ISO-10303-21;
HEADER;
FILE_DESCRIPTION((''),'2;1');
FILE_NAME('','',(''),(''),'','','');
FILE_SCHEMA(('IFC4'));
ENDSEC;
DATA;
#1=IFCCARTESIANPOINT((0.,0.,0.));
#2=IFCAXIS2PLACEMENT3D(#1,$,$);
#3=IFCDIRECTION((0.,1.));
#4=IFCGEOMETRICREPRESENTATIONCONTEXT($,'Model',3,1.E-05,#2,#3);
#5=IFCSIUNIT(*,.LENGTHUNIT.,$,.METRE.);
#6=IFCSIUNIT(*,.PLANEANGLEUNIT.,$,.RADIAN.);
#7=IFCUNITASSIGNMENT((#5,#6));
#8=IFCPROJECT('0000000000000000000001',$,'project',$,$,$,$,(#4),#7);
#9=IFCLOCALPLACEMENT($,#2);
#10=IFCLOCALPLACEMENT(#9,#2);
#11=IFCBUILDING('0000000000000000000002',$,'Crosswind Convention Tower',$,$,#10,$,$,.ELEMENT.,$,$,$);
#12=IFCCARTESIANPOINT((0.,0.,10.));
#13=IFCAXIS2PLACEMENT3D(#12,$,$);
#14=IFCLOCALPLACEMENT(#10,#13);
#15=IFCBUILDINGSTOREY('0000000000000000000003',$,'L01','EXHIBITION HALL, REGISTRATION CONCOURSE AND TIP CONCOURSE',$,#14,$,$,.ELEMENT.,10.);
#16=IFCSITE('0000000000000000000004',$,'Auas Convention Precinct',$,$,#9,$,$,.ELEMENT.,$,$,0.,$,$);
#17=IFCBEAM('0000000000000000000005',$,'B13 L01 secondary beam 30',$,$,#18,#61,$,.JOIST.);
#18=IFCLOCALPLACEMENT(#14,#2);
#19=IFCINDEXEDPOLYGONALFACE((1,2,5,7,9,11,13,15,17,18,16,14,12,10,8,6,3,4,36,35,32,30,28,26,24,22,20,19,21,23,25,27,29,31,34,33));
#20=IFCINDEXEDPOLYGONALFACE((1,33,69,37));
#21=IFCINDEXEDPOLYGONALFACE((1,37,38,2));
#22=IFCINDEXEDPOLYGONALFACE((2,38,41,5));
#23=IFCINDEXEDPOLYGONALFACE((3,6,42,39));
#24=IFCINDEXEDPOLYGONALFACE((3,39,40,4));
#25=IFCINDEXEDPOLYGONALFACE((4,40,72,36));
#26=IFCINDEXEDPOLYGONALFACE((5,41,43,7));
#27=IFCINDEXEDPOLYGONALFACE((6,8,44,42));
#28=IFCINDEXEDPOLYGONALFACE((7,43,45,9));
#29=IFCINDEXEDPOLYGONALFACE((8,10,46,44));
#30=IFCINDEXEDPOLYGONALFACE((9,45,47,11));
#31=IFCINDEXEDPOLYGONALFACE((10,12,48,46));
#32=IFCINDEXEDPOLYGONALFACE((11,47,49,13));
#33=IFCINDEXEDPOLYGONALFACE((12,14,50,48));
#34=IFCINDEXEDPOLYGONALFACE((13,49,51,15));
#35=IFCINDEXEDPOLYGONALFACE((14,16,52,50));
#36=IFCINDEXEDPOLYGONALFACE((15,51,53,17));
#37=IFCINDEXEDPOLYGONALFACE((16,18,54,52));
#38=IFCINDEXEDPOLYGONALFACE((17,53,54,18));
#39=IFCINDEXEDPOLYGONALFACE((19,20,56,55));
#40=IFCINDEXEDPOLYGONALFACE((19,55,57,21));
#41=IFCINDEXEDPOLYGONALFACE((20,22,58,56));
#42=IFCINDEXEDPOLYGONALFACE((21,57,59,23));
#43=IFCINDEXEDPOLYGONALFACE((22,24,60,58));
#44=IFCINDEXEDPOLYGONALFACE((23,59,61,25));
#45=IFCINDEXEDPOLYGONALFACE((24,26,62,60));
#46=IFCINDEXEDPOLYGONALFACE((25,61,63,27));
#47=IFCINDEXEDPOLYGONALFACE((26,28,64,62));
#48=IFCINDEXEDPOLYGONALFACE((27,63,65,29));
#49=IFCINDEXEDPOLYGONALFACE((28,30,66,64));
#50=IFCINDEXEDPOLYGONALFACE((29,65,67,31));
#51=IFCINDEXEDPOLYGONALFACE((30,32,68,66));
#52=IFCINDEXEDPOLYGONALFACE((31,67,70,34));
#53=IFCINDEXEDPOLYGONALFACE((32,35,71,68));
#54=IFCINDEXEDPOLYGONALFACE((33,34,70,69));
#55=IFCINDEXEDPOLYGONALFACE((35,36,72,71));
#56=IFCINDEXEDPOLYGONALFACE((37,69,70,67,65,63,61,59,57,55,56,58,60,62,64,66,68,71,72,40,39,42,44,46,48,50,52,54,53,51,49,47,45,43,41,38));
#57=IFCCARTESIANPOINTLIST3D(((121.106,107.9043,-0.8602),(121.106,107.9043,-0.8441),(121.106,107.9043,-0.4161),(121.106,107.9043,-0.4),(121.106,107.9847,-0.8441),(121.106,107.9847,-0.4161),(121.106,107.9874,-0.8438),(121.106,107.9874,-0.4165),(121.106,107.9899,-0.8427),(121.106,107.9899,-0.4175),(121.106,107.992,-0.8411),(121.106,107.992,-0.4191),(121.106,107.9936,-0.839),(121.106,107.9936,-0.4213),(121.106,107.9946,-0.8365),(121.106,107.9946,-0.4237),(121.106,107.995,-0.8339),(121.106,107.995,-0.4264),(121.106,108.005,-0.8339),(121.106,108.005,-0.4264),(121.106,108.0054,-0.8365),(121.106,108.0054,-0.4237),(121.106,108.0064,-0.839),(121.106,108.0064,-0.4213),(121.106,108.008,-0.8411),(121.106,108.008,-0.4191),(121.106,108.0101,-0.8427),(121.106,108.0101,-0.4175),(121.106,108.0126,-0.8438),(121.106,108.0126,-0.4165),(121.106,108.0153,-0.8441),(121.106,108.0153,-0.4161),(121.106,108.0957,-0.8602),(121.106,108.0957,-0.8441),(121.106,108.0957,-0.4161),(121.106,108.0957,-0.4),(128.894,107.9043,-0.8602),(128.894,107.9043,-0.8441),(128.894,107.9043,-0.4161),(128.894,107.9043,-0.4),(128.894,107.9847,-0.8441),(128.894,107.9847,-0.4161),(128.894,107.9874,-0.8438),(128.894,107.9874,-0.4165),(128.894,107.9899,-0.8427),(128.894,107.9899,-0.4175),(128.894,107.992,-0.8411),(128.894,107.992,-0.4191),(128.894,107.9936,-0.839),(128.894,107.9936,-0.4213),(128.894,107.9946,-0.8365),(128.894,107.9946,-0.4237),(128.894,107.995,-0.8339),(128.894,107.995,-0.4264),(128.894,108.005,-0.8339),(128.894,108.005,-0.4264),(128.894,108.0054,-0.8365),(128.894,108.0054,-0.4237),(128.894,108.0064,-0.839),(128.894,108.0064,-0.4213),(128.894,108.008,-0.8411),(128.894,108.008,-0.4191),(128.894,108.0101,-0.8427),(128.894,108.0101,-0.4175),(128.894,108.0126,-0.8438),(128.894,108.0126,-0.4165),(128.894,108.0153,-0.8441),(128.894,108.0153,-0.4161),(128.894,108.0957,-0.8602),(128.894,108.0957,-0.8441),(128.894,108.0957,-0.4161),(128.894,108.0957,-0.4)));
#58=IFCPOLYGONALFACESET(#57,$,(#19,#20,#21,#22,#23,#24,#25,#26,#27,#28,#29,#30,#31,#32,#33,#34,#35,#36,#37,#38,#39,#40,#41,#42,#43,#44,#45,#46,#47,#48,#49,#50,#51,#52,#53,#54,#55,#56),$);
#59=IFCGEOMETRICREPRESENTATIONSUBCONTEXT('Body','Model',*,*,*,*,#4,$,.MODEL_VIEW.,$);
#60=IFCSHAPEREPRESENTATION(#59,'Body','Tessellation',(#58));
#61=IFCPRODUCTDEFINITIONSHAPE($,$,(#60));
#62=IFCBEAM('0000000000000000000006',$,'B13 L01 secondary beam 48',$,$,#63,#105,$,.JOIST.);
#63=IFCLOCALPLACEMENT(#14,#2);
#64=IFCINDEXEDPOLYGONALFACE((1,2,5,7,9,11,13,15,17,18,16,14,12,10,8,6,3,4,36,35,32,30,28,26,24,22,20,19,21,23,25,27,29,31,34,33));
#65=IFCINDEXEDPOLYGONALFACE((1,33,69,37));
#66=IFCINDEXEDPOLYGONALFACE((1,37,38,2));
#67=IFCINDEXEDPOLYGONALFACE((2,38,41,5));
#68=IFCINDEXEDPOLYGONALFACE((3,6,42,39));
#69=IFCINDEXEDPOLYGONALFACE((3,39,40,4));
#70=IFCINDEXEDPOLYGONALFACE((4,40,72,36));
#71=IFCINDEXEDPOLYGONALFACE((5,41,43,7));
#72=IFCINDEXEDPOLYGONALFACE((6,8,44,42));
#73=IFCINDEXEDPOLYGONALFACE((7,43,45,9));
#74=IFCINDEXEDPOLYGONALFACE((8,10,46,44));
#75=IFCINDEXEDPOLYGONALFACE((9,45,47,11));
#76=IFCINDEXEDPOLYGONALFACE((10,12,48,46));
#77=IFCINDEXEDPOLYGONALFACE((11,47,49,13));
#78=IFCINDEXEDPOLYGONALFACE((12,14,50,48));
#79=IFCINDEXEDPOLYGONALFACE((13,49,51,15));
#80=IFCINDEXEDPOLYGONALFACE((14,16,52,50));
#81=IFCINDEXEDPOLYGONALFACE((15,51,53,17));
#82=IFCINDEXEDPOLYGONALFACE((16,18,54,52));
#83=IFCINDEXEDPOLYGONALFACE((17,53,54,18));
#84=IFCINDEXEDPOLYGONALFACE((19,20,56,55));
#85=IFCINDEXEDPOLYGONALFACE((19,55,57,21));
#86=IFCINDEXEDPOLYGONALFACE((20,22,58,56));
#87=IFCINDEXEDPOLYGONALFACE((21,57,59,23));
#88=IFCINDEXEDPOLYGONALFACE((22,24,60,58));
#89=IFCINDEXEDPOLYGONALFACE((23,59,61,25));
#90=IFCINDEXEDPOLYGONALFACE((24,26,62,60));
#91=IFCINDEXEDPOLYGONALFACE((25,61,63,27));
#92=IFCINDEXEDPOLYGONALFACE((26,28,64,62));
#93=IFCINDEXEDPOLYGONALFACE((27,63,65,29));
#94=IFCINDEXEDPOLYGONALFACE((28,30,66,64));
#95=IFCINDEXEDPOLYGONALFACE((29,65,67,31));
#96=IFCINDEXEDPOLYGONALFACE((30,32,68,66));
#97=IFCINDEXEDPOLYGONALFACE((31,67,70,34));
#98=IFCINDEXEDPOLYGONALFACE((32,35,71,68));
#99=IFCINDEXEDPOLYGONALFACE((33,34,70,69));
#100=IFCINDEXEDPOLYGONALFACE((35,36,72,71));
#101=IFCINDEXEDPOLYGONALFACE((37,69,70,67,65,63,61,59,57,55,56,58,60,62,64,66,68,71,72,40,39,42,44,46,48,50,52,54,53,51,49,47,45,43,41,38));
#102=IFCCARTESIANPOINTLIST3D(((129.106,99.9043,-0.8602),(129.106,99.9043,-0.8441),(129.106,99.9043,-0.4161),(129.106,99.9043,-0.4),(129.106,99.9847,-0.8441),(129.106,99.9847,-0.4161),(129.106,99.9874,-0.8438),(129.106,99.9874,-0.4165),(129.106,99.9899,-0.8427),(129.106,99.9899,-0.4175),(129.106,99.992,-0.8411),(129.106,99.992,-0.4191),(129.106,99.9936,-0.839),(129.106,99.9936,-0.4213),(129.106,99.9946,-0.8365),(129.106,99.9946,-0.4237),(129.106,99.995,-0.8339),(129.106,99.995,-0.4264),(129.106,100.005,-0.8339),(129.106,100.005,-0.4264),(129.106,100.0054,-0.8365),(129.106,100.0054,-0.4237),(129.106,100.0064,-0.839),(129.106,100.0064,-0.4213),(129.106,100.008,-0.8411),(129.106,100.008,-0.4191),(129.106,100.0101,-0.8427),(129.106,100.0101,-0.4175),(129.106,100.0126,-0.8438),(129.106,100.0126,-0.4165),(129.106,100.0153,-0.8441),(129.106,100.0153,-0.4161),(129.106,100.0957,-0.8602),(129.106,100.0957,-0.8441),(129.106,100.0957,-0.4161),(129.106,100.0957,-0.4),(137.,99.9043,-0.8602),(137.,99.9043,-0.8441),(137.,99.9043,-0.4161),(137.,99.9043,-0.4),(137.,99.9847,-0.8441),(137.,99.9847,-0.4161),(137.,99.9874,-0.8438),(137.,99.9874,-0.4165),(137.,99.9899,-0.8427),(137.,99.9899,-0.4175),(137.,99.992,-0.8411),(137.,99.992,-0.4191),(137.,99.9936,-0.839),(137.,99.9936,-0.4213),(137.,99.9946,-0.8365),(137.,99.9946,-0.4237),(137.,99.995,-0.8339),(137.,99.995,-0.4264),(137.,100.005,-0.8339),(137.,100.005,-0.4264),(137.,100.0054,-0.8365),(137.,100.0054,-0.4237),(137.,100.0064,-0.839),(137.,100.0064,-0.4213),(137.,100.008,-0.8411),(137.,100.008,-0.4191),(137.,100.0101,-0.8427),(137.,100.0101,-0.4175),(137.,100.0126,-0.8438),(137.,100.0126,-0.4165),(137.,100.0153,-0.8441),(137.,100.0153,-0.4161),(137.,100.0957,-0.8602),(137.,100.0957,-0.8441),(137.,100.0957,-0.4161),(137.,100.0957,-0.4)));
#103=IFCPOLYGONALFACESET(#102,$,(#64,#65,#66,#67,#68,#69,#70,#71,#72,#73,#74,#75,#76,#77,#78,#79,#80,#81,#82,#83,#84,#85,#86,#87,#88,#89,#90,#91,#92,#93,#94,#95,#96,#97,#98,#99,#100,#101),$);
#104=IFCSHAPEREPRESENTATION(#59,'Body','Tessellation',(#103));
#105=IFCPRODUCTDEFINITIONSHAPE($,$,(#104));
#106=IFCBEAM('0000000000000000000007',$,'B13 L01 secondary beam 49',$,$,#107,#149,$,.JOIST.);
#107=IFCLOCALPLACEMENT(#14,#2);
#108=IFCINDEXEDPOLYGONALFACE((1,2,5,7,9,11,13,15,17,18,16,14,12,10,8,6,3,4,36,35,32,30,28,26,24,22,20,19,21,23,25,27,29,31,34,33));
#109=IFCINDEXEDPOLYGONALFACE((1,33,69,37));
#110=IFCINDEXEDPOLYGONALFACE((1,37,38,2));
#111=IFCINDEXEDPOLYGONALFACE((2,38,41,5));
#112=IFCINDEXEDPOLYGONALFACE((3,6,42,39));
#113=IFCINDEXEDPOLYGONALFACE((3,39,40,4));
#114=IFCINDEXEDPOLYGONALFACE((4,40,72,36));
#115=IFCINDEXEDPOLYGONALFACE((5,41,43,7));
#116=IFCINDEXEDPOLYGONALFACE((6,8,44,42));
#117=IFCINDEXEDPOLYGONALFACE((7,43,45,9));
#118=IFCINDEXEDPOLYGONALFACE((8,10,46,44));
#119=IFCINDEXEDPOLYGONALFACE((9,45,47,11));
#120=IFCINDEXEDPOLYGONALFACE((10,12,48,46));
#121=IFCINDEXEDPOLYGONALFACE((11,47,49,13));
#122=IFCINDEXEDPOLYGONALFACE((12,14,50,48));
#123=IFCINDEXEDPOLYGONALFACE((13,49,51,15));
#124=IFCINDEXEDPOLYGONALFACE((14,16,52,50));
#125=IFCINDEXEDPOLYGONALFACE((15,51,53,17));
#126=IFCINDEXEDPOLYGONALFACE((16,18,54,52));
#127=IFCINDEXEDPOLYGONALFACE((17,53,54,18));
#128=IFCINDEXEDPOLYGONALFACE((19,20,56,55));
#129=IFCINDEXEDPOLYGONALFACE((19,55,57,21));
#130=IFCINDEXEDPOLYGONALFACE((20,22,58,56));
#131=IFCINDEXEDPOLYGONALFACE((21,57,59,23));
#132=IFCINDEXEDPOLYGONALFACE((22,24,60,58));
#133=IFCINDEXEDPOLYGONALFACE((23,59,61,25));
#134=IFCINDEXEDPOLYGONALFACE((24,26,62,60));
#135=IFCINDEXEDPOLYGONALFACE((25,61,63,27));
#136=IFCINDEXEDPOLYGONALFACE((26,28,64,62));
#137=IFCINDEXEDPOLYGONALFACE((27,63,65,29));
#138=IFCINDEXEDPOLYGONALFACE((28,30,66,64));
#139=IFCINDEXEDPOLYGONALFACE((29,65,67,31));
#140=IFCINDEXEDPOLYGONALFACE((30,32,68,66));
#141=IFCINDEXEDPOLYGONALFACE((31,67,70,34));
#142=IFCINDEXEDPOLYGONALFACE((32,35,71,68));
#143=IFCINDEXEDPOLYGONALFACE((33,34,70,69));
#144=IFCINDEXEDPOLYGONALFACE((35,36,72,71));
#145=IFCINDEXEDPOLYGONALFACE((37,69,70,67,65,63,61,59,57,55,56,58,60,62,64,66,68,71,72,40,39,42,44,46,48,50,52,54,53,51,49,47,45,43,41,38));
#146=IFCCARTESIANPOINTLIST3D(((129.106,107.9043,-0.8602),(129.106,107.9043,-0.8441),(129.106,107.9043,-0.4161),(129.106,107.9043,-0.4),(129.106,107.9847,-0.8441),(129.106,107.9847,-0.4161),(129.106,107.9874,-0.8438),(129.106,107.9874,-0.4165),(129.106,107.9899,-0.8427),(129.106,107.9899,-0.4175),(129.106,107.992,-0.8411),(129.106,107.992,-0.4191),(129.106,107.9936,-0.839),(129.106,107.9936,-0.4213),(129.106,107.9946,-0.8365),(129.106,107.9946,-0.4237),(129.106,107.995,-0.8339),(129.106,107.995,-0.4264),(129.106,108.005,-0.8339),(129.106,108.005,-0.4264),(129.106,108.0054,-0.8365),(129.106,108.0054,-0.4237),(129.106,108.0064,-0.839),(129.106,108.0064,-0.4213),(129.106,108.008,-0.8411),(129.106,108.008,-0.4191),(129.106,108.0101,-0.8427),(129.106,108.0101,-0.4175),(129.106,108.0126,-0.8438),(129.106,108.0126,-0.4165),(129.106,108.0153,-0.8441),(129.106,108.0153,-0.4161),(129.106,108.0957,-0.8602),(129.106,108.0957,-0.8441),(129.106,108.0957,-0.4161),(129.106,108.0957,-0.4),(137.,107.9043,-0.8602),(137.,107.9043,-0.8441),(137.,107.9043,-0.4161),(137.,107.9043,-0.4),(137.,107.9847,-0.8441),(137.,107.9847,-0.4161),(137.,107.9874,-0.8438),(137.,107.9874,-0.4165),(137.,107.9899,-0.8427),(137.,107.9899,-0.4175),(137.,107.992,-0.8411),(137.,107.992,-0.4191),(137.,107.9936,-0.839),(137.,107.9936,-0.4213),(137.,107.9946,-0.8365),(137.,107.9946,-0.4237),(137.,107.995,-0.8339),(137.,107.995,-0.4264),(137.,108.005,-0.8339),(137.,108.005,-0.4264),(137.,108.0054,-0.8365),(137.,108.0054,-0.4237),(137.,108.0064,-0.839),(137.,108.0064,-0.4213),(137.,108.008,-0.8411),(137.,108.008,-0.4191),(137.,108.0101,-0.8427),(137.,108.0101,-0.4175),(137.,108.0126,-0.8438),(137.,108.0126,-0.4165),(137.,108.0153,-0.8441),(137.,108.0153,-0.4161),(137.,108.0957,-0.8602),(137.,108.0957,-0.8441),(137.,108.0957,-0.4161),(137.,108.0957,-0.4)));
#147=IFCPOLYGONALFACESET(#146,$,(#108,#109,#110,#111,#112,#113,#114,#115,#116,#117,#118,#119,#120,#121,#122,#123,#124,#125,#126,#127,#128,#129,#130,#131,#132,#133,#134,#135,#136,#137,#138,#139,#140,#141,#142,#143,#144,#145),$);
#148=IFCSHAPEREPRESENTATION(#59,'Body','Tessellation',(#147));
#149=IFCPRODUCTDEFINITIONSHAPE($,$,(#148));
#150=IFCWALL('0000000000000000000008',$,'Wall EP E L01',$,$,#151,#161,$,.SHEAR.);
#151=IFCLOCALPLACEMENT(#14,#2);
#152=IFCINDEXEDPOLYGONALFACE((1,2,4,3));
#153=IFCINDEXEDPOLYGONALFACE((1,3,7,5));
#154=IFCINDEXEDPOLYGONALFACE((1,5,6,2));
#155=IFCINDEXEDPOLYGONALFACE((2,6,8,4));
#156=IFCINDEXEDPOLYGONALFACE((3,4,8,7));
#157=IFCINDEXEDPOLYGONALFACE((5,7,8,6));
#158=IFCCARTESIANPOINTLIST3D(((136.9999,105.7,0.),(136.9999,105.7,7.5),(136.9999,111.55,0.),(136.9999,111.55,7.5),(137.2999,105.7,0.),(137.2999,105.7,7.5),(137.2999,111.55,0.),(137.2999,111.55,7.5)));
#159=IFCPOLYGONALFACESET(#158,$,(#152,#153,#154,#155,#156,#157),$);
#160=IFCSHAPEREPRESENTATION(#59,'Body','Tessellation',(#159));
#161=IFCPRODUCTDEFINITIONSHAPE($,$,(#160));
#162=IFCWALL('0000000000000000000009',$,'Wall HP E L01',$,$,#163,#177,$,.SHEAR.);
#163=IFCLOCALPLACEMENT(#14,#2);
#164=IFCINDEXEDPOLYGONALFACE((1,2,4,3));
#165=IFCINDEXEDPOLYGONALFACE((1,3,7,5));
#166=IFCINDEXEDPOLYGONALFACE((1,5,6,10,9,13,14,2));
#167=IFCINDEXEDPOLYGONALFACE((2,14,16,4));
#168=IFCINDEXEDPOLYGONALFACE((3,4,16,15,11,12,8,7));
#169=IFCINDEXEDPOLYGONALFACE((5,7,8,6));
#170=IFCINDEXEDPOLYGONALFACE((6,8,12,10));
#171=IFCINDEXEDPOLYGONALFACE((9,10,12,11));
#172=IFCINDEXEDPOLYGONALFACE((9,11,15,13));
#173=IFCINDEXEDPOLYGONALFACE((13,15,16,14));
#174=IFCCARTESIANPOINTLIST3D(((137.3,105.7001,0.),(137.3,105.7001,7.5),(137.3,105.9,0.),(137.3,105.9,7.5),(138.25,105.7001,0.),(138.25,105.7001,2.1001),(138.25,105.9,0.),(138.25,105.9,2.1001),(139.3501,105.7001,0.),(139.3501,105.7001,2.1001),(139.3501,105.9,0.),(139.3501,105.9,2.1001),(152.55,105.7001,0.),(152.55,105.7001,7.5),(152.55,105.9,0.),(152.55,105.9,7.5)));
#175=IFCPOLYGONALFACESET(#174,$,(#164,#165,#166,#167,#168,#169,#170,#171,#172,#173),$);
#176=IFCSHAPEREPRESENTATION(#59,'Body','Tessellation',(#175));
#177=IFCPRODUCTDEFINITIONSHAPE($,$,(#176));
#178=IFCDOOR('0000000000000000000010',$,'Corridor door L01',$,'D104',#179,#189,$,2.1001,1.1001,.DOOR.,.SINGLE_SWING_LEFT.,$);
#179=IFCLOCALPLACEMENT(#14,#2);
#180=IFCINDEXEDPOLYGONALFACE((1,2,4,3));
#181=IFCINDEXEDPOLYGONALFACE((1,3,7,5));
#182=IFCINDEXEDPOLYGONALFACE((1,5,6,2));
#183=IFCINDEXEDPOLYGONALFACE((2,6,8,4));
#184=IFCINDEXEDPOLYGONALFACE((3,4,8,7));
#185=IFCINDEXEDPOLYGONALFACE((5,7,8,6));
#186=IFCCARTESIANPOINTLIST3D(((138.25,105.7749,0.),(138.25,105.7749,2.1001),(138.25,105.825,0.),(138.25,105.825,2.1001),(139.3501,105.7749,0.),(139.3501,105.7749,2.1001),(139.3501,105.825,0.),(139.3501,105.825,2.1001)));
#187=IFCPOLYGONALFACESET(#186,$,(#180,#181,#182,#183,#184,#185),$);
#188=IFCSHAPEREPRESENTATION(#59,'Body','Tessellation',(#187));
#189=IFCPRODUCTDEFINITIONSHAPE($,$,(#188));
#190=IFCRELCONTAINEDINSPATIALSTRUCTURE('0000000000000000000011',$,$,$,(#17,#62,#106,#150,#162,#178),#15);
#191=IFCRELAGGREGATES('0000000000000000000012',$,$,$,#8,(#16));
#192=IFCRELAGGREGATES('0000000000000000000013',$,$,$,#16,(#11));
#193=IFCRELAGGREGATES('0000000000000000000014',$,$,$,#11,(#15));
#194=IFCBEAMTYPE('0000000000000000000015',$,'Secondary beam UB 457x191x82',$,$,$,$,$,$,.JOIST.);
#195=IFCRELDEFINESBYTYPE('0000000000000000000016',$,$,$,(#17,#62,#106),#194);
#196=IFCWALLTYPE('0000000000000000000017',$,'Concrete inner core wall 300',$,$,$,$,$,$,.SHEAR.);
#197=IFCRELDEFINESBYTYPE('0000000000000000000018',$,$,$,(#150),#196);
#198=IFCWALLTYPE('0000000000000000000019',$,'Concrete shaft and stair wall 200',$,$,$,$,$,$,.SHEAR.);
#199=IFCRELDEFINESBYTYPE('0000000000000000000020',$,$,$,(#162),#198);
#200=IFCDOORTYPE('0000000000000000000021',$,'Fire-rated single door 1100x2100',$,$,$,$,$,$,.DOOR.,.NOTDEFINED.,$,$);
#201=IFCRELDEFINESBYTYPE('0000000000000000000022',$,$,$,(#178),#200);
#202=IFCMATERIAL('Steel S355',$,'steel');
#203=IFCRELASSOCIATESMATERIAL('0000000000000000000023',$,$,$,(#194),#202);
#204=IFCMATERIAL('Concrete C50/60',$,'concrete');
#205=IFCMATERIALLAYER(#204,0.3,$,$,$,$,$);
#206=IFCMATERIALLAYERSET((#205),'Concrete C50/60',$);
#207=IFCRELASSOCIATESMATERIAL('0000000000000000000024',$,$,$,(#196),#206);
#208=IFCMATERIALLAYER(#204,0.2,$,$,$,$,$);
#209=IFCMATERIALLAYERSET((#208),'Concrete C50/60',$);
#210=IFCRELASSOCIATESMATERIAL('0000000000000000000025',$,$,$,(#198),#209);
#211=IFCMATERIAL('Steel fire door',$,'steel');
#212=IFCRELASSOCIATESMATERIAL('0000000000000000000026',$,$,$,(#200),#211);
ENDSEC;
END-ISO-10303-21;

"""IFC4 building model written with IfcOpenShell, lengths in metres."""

from ifc_helpers import new_model, si_unit, direction, frame, frame_2d, origin, origin_2d, place, context, subcontext, project, spatial, rectangle, i_section, extrude, material, layer, layer_set, material_profile, profile_set, type_object, element, fill, save


model = new_model("IFC4")

# Units and contexts
model_context = context("Model", 3, precision=1e-05, world=origin(), true_north=direction((0.0, 1.0)))
body_context = subcontext(model_context, "Body", "Model", "MODEL_VIEW")
ifc_project = project(units=[si_unit("LENGTHUNIT", "METRE"), si_unit("PLANEANGLEUNIT", "RADIAN")], contexts=[model_context])

# Site, building, storey
site_placement = place(None, origin())
site = spatial("IfcSite", under=ifc_project, at=site_placement, Name="Auas Convention Precinct", CompositionType="ELEMENT", RefElevation=0.0)
building_placement = place(site_placement, origin())
building = spatial("IfcBuilding", under=site, at=building_placement, Name="Crosswind Convention Tower", CompositionType="ELEMENT")
storey_placement = place(building_placement, frame((0.0, 0.0, 10.0)))
storey = spatial("IfcBuildingStorey", under=building, at=storey_placement, Name="L01", Description="EXHIBITION HALL, REGISTRATION CONCOURSE AND TIP CONCOURSE", CompositionType="ELEMENT", Elevation=10.0)

# Beams
ifc_material_1 = material(Name="Steel S355", Category="steel")
ifc_material_profile_1 = material_profile(ifc_material_1, i_section(OverallWidth=0.1914, OverallDepth=0.4602, WebThickness=0.01, FlangeThickness=0.0161, FilletRadius=0.0103, at=origin_2d()), Name="UB 457x191x82")
ifc_profile_set_1 = profile_set([ifc_material_profile_1], Name="Steel S355")
beam_type_1 = type_object("IfcBeamType", Name="Secondary beam UB 457x191x82", PredefinedType="JOIST", material=ifc_profile_set_1)
for number, where, z_axis, x_axis, name in (
    (1, (121.106, 108.0, -0.6301), (1.0, 0.0, 0.0), (0.0, 1.0, 0.0), "B13 L01 secondary beam 30"),
):
    element("IfcBeam", number, at=place(storey_placement, frame(where, z_axis=z_axis, x_axis=x_axis)), inside=storey, type_object=beam_type_1, Name=name, PredefinedType="JOIST", context=body_context, shape_type="SweptSolid", body=[
        extrude(i_section(OverallWidth=0.1914, OverallDepth=0.4602, WebThickness=0.01, FlangeThickness=0.0161, FilletRadius=0.0103, at=origin_2d()), origin(), (0.0, 0.0, 1.0), 7.7881),
    ])
for number, where, z_axis, x_axis, name in (
    (2, (129.106, 100.0, -0.6301), (1.0, 0.0, 0.0), (0.0, 1.0, 0.0), "B13 L01 secondary beam 48"),
    (3, (129.106, 108.0, -0.6301), (1.0, 0.0, 0.0), (0.0, 1.0, 0.0), "B13 L01 secondary beam 49"),
):
    element("IfcBeam", number, at=place(storey_placement, frame(where, z_axis=z_axis, x_axis=x_axis)), inside=storey, type_object=beam_type_1, Name=name, PredefinedType="JOIST", context=body_context, shape_type="SweptSolid", body=[
        extrude(i_section(OverallWidth=0.1914, OverallDepth=0.4602, WebThickness=0.01, FlangeThickness=0.0161, FilletRadius=0.0103, at=origin_2d()), origin(), (0.0, 0.0, 1.0), 7.894),
    ])

# Wall
ifc_material_2 = material(Name="Concrete C50/60", Category="concrete")
ifc_layer_1 = layer(ifc_material_2, 0.3)
ifc_layer_set_1 = layer_set([ifc_layer_1], Name="Concrete C50/60")
wall_type_1 = type_object("IfcWallType", Name="Concrete inner core wall 300", PredefinedType="SHEAR", material=ifc_layer_set_1)
wall_1_placement = place(storey_placement, frame((137.1499, 105.7, 0.0), z_axis=(0.0, 0.0, 1.0), x_axis=(0.0, 1.0, 0.0)))
element("IfcWall", 4, at=wall_1_placement, inside=storey, type_object=wall_type_1, Name="Wall EP E L01", PredefinedType="SHEAR", context=body_context, shape_type="SweptSolid", body=[
    extrude(rectangle(XDim=5.8501, YDim=0.3, at=frame_2d((2.925, 0.0))), origin(), (0.0, 0.0, 1.0), 7.5),
])

# Wall, opening, door
ifc_layer_2 = layer(ifc_material_2, 0.2)
ifc_layer_set_2 = layer_set([ifc_layer_2], Name="Concrete C50/60")
wall_type_2 = type_object("IfcWallType", Name="Concrete shaft and stair wall 200", PredefinedType="SHEAR", material=ifc_layer_set_2)
wall_2_placement = place(storey_placement, frame((137.3, 105.8, 0.0), z_axis=(0.0, 0.0, 1.0), x_axis=(1.0, 0.0, 0.0)))
wall_2 = element("IfcWall", 5, at=wall_2_placement, inside=storey, type_object=wall_type_2, Name="Wall HP E L01", PredefinedType="SHEAR", context=body_context, shape_type="SweptSolid", body=[
    extrude(rectangle(XDim=15.25, YDim=0.2, at=frame_2d((7.625, 0.0))), origin(), (0.0, 0.0, 1.0), 7.5),
])
opening_1_placement = place(wall_2_placement, frame((0.95, 0.0, 0.0)))
opening_1 = element("IfcOpeningElement", 6, at=opening_1_placement, cuts=wall_2, PredefinedType="OPENING", context=body_context, shape_type="SweptSolid", body=[
    extrude(rectangle(XDim=1.1001, YDim=2.1001, at=frame_2d((0.55, 1.05))), frame((0.0, 0.1099, 0.0), z_axis=(0.0, -1.0, 0.0), x_axis=(1.0, 0.0, 0.0)), (0.0, 0.0, 1.0), 0.22),
])
ifc_material_3 = material(Name="Steel fire door", Category="steel")
door_type_1 = type_object("IfcDoorType", Name="Fire-rated single door 1100x2100", OperationType="NOTDEFINED", PredefinedType="DOOR", material=ifc_material_3)
door_1_placement = place(opening_1_placement, origin())
door_1 = element("IfcDoor", 7, at=door_1_placement, inside=storey, type_object=door_type_1, Name="Corridor door L01", ObjectType="D104", OperationType="SINGLE_SWING_LEFT", OverallHeight=2.1001, OverallWidth=1.1001, PredefinedType="DOOR", context=body_context, shape_type="SweptSolid", body=[
    extrude(rectangle(XDim=1.1001, YDim=2.1001, at=frame_2d((0.55, 1.05))), frame((0.0, 0.0249, 0.0), z_axis=(0.0, -1.0, 0.0), x_axis=(1.0, 0.0, 0.0)), (0.0, 0.0, 1.0), 0.05),
])
fill(opening_1, door_1)

save(model, "model.ifc")
